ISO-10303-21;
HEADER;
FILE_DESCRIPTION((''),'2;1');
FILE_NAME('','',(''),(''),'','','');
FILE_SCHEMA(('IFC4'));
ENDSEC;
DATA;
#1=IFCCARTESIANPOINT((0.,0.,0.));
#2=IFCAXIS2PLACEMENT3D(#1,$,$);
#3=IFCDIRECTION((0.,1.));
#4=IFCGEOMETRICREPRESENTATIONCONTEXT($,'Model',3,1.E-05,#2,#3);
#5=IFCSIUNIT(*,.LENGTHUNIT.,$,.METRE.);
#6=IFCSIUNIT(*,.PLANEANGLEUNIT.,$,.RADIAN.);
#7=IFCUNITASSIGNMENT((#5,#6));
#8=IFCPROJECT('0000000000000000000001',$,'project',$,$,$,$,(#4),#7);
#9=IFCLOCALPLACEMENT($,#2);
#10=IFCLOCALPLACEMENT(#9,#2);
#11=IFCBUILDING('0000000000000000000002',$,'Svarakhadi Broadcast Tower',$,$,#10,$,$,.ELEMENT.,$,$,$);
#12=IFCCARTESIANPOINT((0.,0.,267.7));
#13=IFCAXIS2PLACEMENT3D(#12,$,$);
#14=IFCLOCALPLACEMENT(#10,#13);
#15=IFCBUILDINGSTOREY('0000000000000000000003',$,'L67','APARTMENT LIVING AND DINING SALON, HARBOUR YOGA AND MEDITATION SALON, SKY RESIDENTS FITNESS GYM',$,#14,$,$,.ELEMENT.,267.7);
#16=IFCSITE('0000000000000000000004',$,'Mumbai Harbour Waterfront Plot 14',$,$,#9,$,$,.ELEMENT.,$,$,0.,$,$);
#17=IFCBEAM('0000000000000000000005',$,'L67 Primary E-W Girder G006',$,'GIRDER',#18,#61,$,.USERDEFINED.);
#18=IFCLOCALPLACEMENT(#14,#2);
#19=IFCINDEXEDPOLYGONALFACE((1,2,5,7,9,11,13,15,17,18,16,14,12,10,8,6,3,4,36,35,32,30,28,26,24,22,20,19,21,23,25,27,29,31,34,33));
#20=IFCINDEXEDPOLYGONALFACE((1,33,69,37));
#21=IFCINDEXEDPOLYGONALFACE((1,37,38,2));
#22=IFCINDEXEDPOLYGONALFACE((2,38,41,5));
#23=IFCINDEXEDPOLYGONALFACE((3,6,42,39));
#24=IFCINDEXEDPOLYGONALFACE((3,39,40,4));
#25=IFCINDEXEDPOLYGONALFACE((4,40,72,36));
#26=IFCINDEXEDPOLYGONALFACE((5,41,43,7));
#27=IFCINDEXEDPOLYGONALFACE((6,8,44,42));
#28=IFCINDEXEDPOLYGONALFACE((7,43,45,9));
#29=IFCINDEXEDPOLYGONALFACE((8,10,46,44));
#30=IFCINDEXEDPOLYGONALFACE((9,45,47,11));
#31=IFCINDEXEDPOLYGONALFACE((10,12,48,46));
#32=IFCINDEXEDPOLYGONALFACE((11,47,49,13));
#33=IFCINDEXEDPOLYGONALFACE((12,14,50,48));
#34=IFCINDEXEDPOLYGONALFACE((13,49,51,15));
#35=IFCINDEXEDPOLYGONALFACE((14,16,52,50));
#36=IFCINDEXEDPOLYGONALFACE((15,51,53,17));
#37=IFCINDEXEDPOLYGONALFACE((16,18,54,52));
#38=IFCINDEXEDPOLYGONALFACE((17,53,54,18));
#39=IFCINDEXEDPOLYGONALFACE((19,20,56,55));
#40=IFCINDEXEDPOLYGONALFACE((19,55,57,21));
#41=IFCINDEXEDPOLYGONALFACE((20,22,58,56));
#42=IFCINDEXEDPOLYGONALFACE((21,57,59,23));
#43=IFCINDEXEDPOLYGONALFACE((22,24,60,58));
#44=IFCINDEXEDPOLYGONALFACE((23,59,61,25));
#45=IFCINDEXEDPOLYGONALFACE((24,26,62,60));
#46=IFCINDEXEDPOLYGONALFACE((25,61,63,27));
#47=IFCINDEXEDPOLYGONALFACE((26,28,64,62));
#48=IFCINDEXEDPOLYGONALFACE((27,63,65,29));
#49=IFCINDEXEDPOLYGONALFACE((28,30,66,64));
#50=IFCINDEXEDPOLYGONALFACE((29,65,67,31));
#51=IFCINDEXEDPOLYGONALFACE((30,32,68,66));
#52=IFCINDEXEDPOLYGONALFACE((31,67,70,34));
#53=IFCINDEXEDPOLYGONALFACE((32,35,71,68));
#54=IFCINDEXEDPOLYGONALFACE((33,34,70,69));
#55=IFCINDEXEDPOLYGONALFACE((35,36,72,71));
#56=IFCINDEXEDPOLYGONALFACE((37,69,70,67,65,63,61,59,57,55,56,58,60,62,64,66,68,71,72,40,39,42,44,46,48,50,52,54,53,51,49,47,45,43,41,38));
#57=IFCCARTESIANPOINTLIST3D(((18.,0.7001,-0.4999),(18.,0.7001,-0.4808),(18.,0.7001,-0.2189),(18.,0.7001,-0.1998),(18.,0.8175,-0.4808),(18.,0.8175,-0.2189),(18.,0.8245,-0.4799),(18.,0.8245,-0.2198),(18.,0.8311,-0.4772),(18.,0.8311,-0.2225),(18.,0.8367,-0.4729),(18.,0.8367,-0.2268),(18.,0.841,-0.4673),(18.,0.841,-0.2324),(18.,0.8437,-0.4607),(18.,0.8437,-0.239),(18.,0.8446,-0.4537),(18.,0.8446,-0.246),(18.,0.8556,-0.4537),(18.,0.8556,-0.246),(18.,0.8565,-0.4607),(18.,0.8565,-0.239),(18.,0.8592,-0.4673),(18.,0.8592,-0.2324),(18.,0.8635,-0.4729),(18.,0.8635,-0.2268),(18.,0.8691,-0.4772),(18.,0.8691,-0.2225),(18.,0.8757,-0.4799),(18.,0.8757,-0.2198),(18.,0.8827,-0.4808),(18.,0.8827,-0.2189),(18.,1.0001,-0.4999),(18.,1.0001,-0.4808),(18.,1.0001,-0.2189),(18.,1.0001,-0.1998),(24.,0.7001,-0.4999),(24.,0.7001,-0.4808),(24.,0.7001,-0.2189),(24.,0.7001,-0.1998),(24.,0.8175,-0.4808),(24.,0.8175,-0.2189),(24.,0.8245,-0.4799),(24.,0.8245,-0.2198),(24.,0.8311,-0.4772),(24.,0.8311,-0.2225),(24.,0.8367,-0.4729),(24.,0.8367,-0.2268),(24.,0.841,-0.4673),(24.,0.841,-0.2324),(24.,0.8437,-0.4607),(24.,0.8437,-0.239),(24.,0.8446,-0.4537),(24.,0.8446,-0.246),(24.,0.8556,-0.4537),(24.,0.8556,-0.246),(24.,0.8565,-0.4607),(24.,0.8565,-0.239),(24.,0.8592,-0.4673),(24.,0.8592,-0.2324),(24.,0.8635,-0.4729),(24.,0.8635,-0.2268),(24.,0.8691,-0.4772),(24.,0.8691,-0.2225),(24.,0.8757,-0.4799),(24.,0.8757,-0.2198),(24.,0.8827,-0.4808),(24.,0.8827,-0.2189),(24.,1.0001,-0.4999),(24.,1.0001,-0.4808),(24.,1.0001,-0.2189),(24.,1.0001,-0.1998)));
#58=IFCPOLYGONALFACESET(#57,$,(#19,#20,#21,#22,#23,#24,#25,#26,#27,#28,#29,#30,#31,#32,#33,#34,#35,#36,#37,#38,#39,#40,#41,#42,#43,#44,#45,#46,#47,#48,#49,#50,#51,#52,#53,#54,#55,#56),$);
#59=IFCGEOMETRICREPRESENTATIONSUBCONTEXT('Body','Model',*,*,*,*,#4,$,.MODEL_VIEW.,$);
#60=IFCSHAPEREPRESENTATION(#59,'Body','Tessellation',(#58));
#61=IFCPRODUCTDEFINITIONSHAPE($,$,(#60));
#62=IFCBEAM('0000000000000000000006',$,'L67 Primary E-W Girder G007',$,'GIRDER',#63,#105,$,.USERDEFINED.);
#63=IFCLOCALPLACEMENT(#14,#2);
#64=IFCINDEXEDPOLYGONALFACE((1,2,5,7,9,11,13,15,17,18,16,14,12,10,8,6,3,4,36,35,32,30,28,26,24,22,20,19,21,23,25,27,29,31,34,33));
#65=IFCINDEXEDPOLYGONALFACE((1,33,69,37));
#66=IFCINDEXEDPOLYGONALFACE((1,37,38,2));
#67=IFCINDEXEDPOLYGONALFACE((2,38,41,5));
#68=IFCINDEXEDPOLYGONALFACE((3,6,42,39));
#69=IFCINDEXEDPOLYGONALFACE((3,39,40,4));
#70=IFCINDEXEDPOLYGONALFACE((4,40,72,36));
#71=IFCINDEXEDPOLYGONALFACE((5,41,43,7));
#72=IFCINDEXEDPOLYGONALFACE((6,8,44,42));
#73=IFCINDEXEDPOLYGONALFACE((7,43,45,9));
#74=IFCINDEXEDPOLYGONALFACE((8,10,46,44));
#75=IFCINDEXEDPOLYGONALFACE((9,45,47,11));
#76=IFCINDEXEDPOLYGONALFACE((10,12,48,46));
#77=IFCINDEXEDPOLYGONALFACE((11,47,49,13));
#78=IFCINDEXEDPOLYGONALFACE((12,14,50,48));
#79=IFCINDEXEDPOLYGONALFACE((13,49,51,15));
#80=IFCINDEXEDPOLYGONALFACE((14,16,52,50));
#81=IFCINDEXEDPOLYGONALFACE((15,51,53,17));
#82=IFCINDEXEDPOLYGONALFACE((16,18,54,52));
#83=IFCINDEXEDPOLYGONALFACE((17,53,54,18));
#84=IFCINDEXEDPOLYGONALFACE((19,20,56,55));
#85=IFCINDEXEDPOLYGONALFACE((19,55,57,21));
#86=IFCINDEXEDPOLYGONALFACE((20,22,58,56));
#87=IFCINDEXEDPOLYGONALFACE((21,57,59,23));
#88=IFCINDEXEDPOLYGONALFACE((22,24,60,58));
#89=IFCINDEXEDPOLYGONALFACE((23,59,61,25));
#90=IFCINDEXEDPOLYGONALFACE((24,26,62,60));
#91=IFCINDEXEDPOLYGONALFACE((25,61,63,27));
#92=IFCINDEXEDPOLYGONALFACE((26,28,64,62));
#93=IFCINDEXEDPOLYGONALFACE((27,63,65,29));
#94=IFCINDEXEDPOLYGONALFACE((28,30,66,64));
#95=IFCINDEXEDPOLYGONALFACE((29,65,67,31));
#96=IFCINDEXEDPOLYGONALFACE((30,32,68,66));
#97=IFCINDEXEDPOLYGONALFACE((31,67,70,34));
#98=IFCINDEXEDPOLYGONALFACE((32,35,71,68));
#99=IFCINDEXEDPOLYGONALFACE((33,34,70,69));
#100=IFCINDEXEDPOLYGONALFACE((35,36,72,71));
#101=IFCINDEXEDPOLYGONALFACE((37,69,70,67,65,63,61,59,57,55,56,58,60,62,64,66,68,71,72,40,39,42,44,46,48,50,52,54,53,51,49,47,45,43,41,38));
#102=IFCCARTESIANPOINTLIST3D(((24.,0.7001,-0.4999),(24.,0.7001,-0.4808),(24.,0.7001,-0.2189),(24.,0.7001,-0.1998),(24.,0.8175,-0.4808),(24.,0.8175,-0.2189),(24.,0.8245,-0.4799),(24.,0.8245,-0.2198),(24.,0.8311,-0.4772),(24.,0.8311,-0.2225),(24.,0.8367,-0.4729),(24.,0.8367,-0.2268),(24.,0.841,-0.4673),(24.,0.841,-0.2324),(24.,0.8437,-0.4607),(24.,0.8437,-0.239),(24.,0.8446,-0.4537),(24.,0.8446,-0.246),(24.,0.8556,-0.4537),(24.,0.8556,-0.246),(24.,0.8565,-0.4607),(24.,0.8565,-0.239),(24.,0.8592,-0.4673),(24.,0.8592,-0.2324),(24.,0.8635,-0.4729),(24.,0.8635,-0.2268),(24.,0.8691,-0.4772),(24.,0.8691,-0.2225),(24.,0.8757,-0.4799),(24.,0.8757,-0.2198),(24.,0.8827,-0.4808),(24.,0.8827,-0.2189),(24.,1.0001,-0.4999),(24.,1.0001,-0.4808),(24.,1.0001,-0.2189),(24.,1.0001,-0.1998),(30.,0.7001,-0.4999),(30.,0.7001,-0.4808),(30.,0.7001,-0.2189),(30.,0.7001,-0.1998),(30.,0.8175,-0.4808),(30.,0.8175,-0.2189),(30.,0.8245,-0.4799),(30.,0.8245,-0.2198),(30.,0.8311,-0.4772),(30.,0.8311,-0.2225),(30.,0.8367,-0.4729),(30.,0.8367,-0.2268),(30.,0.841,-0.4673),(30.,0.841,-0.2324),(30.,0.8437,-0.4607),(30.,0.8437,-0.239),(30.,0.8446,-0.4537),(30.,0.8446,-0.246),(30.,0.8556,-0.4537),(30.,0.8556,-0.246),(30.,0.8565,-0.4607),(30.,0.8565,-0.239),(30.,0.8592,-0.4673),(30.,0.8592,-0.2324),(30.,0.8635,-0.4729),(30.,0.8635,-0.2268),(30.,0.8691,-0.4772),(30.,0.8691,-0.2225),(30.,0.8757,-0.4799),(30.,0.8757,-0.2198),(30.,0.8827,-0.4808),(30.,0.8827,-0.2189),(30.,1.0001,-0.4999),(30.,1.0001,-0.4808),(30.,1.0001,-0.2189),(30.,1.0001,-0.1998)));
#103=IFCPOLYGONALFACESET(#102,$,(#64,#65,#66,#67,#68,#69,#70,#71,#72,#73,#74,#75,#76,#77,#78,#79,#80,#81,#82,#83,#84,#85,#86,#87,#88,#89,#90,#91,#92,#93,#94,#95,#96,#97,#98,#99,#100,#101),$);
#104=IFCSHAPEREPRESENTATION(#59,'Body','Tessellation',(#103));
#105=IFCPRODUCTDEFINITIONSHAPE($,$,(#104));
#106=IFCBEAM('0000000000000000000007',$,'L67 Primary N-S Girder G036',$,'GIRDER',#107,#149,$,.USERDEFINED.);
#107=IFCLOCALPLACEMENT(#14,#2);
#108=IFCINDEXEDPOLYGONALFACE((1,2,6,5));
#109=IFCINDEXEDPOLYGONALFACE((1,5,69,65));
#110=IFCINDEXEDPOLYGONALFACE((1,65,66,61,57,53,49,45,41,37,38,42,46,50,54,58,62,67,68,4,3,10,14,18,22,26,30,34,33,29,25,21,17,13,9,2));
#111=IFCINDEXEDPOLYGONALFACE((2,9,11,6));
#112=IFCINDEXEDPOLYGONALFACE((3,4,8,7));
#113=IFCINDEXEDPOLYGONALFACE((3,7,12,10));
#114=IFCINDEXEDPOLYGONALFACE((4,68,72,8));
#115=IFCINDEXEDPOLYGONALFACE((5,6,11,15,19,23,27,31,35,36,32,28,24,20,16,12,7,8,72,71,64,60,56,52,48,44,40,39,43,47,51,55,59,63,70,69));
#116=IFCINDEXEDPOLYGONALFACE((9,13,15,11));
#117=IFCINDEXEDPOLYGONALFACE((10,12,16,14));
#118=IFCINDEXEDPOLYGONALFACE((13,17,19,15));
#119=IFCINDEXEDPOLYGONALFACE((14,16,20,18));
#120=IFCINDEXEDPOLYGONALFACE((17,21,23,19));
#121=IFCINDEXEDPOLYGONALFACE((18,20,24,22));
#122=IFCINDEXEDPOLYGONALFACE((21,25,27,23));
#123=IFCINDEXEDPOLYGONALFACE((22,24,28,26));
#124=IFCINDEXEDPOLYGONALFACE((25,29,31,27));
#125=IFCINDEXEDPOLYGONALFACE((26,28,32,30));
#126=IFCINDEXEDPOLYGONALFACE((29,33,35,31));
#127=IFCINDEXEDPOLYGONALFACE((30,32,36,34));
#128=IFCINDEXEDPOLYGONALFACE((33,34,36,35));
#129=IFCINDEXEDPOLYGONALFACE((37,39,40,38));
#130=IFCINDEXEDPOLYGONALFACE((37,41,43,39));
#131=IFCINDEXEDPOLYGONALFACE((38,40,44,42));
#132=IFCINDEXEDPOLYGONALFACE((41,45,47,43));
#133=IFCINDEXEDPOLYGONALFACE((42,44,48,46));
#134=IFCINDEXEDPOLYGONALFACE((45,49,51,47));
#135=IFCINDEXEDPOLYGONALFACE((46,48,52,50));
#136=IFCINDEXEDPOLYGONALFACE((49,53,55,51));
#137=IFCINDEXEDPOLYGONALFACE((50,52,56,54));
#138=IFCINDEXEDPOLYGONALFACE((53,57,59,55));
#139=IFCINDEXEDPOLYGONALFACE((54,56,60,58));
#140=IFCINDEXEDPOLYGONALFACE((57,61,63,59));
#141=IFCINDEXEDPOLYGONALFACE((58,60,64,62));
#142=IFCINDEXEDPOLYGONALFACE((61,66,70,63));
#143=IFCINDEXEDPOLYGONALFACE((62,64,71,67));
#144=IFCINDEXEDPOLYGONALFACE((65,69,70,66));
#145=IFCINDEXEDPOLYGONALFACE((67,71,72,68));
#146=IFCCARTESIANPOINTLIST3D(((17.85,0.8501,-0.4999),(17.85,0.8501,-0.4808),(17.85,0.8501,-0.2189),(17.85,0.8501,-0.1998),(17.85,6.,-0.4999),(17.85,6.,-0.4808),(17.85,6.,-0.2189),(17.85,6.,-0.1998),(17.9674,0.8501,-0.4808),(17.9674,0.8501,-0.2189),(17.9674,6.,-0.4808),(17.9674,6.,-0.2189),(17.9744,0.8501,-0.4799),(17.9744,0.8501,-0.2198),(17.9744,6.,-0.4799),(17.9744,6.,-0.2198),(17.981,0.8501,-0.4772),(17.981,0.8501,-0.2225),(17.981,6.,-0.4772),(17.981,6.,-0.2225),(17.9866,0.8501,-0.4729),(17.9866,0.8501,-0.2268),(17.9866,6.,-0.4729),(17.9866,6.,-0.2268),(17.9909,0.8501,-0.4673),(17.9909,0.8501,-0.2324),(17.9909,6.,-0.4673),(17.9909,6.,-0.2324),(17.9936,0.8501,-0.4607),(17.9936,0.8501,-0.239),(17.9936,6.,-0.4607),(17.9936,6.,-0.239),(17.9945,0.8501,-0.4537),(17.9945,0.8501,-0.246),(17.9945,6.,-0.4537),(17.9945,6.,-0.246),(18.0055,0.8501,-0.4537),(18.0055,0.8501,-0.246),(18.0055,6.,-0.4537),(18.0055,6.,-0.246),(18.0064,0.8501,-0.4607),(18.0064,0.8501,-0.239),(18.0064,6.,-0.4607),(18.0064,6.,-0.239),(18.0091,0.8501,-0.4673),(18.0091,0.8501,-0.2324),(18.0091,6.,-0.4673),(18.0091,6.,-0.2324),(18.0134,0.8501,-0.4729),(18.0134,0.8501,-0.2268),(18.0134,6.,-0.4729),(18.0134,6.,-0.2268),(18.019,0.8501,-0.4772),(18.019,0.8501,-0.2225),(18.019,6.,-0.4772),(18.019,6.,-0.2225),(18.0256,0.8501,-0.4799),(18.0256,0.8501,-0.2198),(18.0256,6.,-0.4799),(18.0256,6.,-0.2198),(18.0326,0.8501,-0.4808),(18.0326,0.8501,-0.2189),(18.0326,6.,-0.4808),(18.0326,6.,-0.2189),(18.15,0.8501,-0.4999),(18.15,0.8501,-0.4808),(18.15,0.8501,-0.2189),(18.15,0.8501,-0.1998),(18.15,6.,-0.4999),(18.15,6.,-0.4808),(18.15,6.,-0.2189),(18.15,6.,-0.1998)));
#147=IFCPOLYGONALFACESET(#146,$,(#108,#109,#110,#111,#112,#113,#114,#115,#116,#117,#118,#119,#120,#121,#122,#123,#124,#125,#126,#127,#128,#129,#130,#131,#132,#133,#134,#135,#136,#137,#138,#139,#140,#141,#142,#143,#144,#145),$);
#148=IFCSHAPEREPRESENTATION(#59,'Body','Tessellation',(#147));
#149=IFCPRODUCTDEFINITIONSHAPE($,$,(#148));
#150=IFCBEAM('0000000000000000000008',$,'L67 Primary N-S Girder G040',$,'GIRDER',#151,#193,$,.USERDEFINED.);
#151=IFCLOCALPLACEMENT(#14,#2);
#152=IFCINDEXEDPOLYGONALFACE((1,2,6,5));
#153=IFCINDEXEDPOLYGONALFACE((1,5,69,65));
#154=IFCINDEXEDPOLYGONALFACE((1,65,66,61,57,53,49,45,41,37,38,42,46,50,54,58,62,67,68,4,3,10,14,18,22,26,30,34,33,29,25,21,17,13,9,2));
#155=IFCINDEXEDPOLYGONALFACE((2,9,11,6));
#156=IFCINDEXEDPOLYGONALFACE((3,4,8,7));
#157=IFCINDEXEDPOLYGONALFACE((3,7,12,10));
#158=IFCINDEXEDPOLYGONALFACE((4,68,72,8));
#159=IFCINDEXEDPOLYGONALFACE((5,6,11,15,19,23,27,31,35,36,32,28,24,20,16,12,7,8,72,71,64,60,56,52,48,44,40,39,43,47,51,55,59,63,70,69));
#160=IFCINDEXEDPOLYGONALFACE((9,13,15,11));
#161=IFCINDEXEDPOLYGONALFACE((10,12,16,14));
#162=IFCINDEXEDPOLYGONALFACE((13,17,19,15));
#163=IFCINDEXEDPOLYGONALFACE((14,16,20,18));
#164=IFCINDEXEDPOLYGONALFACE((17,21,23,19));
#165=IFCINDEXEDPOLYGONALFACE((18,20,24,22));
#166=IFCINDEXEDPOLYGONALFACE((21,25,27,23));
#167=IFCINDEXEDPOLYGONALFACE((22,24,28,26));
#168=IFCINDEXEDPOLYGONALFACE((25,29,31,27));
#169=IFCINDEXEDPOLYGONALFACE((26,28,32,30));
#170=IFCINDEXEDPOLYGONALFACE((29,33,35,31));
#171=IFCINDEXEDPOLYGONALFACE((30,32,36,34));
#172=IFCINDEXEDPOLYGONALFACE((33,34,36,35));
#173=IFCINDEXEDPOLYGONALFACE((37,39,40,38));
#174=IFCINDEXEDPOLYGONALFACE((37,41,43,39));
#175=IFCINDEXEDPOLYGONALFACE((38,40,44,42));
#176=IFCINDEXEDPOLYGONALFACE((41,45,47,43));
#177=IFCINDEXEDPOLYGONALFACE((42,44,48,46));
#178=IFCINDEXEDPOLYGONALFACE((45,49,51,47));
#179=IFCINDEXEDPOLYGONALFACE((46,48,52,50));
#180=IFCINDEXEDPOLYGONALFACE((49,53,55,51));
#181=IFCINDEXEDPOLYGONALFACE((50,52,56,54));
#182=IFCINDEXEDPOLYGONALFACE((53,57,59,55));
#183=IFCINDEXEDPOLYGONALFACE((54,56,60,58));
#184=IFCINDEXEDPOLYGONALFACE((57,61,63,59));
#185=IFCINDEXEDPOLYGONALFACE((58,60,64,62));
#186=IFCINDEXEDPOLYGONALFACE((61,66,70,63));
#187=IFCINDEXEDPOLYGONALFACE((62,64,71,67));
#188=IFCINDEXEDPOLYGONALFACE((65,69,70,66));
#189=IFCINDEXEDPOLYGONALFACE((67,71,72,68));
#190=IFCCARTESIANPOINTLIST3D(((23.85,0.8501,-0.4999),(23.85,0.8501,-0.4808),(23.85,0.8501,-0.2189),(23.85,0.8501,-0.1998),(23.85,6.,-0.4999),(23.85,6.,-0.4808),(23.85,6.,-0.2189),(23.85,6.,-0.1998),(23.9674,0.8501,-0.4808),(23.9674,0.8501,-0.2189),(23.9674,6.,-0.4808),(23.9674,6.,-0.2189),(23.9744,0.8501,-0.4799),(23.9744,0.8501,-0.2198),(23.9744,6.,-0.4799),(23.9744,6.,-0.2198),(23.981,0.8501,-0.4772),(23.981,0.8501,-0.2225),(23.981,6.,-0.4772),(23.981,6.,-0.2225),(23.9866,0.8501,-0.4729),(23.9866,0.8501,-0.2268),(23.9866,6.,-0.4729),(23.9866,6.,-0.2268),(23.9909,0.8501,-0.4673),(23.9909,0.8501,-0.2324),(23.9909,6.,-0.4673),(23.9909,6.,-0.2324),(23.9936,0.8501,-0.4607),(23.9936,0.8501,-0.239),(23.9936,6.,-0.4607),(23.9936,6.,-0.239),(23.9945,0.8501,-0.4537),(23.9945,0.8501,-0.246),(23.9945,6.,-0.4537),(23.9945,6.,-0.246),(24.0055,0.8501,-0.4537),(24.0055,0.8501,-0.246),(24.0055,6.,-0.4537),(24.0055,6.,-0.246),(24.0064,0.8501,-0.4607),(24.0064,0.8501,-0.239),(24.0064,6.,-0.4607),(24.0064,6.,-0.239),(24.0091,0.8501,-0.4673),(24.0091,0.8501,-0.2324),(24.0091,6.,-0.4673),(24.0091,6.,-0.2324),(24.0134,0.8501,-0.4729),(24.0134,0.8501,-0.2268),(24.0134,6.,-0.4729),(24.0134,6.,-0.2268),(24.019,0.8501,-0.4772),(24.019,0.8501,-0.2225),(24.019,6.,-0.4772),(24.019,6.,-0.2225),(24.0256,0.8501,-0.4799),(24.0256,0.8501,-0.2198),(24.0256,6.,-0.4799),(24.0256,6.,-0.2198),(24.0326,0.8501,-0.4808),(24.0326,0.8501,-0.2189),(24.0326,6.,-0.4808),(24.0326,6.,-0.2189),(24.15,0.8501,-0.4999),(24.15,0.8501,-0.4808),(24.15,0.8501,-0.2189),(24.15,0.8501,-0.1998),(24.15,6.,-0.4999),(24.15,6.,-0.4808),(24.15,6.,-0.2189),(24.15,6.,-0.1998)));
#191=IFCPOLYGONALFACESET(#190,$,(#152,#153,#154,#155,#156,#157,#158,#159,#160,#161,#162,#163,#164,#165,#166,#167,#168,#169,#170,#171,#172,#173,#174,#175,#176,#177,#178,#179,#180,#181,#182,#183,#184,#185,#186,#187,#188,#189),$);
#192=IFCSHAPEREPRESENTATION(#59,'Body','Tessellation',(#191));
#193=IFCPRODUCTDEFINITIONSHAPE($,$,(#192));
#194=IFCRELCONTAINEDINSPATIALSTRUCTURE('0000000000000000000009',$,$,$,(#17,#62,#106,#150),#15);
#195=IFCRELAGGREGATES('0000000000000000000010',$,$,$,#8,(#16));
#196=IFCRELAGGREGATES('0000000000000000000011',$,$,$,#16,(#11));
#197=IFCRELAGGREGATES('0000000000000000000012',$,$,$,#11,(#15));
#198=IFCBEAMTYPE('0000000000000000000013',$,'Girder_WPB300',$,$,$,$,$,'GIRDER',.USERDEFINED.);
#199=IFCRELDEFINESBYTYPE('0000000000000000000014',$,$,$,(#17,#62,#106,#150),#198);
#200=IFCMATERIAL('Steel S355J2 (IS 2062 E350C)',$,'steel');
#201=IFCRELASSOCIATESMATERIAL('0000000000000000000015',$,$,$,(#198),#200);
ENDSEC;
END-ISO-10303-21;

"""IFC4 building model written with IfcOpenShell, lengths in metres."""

from ifc_helpers import new_model, si_unit, direction, frame, origin, origin_2d, place, context, subcontext, project, spatial, i_section, extrude, material, material_profile, profile_set, type_object, element, save


model = new_model("IFC4")

# Units and contexts
model_context = context("Model", 3, precision=1e-05, world=origin(), true_north=direction((0.0, 1.0)))
body_context = subcontext(model_context, "Body", "Model", "MODEL_VIEW")
ifc_project = project(units=[si_unit("LENGTHUNIT", "METRE"), si_unit("PLANEANGLEUNIT", "RADIAN")], contexts=[model_context])

# Site, building, storey
site_placement = place(None, origin())
site = spatial("IfcSite", under=ifc_project, at=site_placement, Name="Mumbai Harbour Waterfront Plot 14", CompositionType="ELEMENT", RefElevation=0.0)
building_placement = place(site_placement, origin())
building = spatial("IfcBuilding", under=site, at=building_placement, Name="Svarakhadi Broadcast Tower", CompositionType="ELEMENT")
storey_placement = place(building_placement, frame((0.0, 0.0, 267.7)))
storey = spatial("IfcBuildingStorey", under=building, at=storey_placement, Name="L67", Description="APARTMENT LIVING AND DINING SALON, HARBOUR YOGA AND MEDITATION SALON, SKY RESIDENTS FITNESS GYM", CompositionType="ELEMENT", Elevation=267.7)

# Beams
ifc_material_1 = material(Name="Steel S355J2 (IS 2062 E350C)", Category="steel")
ifc_material_profile_1 = material_profile(ifc_material_1, i_section(OverallWidth=0.3, OverallDepth=0.3, WebThickness=0.011, FlangeThickness=0.019, FilletRadius=0.0271, at=origin_2d()), Name="WPB 300x300x117")
ifc_profile_set_1 = profile_set([ifc_material_profile_1], Name="Steel S355J2 (IS 2062 E350C)")
beam_type_1 = type_object("IfcBeamType", Name="Girder_WPB300", ElementType="GIRDER", PredefinedType="USERDEFINED", material=ifc_profile_set_1)
for number, where, z_axis, x_axis, name in (
    (1, (18.0, 0.8501, -0.3499), (1.0, 0.0, 0.0), (0.0, 1.0, 0.0), "L67 Primary E-W Girder G006"),
    (2, (24.0, 0.8501, -0.3499), (1.0, 0.0, 0.0), (0.0, 1.0, 0.0), "L67 Primary E-W Girder G007"),
):
    element("IfcBeam", number, at=place(storey_placement, frame(where, z_axis=z_axis, x_axis=x_axis)), inside=storey, type_object=beam_type_1, Name=name, ObjectType="GIRDER", PredefinedType="USERDEFINED", context=body_context, shape_type="SweptSolid", body=[
        extrude(i_section(OverallWidth=0.3, OverallDepth=0.3, WebThickness=0.011, FlangeThickness=0.019, FilletRadius=0.0271, at=origin_2d()), origin(), (0.0, 0.0, 1.0), 6.0),
    ])
for number, where, z_axis, x_axis, name in (
    (3, (18.0, 0.8501, -0.3499), (0.0, 1.0, 0.0), (-1.0, 0.0, 0.0), "L67 Primary N-S Girder G036"),
    (4, (24.0, 0.8501, -0.3499), (0.0, 1.0, 0.0), (-1.0, 0.0, 0.0), "L67 Primary N-S Girder G040"),
):
    element("IfcBeam", number, at=place(storey_placement, frame(where, z_axis=z_axis, x_axis=x_axis)), inside=storey, type_object=beam_type_1, Name=name, ObjectType="GIRDER", PredefinedType="USERDEFINED", context=body_context, shape_type="SweptSolid", body=[
        extrude(i_section(OverallWidth=0.3, OverallDepth=0.3, WebThickness=0.011, FlangeThickness=0.019, FilletRadius=0.0271, at=origin_2d()), origin(), (0.0, 0.0, 1.0), 5.1499),
    ])

save(model, "model.ifc")
